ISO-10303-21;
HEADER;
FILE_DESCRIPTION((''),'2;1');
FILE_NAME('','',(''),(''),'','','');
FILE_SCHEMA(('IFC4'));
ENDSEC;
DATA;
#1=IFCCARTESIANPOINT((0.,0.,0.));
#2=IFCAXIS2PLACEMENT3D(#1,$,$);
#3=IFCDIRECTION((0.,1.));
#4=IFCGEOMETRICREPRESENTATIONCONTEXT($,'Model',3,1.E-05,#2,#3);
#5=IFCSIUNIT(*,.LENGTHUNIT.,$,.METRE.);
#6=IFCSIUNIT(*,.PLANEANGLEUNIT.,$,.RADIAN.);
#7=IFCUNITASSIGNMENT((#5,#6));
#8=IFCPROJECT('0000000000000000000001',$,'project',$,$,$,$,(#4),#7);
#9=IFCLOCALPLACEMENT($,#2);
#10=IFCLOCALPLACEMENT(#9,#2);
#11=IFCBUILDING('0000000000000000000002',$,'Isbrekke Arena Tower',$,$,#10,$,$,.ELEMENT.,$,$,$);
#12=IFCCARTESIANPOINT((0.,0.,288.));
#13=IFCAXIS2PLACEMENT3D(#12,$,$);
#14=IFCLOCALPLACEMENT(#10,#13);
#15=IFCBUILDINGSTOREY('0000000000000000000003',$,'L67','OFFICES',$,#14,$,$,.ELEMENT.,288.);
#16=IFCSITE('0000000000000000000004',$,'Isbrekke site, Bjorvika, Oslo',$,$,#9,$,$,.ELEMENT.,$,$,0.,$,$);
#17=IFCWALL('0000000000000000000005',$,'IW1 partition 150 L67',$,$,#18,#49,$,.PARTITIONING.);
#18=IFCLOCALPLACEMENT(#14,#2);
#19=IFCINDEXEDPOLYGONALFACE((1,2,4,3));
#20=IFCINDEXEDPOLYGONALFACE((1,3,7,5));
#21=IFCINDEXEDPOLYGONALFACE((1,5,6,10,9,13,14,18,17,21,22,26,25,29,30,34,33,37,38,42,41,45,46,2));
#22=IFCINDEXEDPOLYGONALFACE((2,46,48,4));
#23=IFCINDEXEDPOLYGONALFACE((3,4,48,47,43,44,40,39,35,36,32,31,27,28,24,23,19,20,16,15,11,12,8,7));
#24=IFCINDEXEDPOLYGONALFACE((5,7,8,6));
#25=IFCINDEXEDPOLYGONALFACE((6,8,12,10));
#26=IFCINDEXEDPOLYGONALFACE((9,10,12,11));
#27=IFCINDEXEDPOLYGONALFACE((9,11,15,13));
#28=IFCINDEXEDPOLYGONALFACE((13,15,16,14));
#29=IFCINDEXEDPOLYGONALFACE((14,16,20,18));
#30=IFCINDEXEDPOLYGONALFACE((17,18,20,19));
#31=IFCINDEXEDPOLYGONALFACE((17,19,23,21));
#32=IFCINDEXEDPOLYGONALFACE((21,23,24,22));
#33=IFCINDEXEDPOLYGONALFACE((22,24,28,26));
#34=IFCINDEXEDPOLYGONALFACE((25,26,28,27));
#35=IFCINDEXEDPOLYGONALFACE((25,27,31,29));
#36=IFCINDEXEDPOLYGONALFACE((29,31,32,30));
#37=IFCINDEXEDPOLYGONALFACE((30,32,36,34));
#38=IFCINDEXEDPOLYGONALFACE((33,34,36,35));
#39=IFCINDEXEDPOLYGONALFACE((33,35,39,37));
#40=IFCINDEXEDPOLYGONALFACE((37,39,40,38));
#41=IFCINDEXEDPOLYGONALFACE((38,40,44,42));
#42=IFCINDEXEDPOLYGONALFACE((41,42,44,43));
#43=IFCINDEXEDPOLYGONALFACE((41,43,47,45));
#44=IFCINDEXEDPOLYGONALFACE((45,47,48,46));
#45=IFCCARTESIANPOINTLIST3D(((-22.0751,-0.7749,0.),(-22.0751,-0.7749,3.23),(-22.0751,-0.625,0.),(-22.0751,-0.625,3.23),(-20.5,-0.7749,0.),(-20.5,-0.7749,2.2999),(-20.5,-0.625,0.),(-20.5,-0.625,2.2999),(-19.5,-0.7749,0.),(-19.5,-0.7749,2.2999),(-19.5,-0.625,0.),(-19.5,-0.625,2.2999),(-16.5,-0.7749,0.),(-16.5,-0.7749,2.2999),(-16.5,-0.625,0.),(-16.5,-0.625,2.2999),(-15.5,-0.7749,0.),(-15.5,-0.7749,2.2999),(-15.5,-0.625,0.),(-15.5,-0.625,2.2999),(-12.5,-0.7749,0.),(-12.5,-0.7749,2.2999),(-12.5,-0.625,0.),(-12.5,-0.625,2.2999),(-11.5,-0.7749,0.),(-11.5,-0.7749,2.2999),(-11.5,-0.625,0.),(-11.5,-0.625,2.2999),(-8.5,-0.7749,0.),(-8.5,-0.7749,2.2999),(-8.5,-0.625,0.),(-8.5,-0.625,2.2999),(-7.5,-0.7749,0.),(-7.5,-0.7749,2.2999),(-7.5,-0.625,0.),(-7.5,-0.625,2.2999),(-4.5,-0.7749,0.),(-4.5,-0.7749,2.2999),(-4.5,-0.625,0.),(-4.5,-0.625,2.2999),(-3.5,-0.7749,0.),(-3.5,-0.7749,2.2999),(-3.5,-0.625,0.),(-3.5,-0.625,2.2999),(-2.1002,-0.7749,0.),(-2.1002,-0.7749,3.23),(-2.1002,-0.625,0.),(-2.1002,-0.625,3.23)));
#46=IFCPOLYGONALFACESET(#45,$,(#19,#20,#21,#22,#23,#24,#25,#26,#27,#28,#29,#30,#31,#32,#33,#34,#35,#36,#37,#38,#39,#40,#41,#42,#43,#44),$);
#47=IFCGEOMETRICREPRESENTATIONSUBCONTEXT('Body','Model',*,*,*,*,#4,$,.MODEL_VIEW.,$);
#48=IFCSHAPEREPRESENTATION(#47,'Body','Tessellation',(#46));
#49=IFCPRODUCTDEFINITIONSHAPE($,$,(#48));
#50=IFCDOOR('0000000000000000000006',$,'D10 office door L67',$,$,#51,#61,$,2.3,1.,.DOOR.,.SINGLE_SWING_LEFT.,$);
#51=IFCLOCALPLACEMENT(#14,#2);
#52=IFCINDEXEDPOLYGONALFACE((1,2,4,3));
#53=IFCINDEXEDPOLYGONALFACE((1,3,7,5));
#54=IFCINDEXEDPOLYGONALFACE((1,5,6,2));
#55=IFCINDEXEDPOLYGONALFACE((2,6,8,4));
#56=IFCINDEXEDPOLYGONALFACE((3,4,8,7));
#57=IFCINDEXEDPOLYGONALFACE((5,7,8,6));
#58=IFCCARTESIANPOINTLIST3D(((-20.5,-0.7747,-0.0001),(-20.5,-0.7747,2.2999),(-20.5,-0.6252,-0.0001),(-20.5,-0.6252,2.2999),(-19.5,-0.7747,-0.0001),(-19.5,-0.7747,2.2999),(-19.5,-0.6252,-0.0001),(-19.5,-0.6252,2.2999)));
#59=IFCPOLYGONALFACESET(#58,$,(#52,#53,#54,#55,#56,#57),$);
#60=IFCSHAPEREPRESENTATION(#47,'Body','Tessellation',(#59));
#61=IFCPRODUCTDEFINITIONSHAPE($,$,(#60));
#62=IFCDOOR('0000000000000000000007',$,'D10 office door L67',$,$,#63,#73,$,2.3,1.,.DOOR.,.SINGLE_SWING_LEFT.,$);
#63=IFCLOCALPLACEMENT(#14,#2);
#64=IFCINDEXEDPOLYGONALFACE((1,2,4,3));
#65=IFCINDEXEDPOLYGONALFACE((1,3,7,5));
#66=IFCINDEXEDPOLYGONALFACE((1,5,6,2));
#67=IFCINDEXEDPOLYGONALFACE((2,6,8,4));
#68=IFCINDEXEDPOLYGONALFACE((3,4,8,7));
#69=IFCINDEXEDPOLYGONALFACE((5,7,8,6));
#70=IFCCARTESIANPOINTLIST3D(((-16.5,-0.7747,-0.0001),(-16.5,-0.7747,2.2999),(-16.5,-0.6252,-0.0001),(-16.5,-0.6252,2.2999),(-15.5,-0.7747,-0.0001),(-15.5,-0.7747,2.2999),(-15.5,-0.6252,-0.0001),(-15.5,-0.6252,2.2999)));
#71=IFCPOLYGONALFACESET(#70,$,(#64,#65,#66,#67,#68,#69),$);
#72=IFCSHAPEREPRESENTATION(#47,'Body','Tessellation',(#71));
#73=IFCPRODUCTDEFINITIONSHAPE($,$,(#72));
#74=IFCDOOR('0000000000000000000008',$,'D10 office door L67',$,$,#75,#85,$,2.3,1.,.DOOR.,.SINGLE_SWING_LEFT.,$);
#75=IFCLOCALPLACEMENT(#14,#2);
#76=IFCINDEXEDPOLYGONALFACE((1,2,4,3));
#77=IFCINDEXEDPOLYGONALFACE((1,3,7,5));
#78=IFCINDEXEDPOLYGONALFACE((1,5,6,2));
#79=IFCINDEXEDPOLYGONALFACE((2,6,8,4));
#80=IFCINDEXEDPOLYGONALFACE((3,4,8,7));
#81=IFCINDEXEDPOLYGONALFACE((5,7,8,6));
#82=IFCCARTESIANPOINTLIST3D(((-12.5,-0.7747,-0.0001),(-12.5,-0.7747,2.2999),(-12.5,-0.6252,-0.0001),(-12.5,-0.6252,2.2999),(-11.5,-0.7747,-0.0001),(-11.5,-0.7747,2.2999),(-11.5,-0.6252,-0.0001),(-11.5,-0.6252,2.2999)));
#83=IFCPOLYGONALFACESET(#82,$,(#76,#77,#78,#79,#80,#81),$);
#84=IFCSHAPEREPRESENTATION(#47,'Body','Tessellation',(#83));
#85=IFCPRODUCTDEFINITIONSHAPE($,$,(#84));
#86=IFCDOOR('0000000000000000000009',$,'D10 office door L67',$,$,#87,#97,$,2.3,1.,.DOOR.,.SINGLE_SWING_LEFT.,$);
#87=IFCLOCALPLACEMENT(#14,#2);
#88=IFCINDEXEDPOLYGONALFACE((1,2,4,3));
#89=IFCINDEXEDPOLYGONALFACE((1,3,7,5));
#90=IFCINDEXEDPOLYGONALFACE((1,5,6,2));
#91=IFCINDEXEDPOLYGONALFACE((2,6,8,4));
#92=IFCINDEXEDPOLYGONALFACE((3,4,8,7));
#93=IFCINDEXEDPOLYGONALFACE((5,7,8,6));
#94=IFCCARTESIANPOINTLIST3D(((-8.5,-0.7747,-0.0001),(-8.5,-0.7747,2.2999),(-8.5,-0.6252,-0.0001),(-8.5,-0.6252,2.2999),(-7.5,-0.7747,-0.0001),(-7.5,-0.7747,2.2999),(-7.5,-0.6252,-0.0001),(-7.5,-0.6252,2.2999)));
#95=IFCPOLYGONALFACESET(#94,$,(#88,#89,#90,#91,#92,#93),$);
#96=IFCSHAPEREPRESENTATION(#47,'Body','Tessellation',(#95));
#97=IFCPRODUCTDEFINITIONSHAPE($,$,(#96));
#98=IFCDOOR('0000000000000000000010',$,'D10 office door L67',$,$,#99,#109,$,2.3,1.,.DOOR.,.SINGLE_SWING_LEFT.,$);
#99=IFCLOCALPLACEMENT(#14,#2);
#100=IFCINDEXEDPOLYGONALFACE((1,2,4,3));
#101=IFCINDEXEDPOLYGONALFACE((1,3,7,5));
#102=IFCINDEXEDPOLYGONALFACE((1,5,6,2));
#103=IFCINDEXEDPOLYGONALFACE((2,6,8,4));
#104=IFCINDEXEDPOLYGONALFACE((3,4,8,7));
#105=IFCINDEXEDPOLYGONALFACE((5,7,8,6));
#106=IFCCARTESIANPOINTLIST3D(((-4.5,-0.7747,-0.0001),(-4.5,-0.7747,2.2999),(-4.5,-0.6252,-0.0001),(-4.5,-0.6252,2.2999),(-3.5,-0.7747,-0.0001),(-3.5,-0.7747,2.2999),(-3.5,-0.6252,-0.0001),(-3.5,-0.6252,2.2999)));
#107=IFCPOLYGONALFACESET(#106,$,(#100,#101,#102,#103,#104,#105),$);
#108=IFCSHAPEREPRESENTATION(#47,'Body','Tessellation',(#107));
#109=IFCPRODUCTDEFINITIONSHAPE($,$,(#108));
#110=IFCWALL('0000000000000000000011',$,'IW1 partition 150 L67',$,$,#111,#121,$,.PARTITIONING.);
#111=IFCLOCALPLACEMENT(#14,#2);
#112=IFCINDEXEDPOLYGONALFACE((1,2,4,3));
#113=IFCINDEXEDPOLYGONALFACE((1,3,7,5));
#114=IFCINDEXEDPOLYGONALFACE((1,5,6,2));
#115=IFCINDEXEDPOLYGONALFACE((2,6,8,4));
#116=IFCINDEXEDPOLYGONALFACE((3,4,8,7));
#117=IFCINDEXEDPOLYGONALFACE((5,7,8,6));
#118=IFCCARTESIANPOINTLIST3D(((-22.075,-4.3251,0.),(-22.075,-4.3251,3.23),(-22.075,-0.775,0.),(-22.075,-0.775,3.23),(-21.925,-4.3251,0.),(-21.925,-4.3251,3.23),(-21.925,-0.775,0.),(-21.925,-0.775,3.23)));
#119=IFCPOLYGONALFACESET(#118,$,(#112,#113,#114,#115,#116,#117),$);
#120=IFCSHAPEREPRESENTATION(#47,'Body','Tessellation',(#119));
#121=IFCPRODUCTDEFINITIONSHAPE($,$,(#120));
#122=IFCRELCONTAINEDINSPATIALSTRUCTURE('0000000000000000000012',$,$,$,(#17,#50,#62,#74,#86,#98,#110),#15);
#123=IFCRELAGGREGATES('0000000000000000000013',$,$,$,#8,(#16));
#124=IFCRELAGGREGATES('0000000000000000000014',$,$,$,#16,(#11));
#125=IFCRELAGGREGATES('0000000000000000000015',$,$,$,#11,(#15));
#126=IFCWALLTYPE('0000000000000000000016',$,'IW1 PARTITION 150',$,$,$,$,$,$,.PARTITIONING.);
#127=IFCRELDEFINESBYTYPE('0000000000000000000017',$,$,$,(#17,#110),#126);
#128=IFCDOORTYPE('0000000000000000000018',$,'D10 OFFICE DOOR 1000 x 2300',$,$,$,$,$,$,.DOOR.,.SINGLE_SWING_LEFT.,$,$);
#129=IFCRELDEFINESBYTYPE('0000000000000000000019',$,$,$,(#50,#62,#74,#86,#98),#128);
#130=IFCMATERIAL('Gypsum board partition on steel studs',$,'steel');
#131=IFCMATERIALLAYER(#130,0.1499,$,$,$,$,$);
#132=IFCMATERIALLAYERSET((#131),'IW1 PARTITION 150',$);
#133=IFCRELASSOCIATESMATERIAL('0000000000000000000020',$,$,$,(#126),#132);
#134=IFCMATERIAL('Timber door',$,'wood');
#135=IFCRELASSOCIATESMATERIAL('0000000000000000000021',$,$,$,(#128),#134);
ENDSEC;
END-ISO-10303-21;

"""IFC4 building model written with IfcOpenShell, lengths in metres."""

from ifc_helpers import new_model, si_unit, direction, frame, frame_2d, origin, place, context, subcontext, project, spatial, rectangle, extrude, material, layer, layer_set, type_object, element, fill, save


model = new_model("IFC4")

# Units and contexts
model_context = context("Model", 3, precision=1e-05, world=origin(), true_north=direction((0.0, 1.0)))
body_context = subcontext(model_context, "Body", "Model", "MODEL_VIEW")
ifc_project = project(units=[si_unit("LENGTHUNIT", "METRE"), si_unit("PLANEANGLEUNIT", "RADIAN")], contexts=[model_context])

# Site, building, storey
site_placement = place(None, origin())
site = spatial("IfcSite", under=ifc_project, at=site_placement, Name="Isbrekke site, Bjorvika, Oslo", CompositionType="ELEMENT", RefElevation=0.0)
building_placement = place(site_placement, origin())
building = spatial("IfcBuilding", under=site, at=building_placement, Name="Isbrekke Arena Tower", CompositionType="ELEMENT")
storey_placement = place(building_placement, frame((0.0, 0.0, 288.0)))
storey = spatial("IfcBuildingStorey", under=building, at=storey_placement, Name="L67", Description="OFFICES", CompositionType="ELEMENT", Elevation=288.0)

# Wall, openings, doors
ifc_material_1 = material(Name="Gypsum board partition on steel studs", Category="steel")
ifc_layer = layer(ifc_material_1, 0.1499)
ifc_layer_set = layer_set([ifc_layer], Name="IW1 PARTITION 150")
wall_type = type_object("IfcWallType", Name="IW1 PARTITION 150", PredefinedType="PARTITIONING", material=ifc_layer_set)
wall_1_placement = place(storey_placement, frame((-22.075, -0.7, 0.0), z_axis=(0.0, 0.0, 1.0), x_axis=(1.0, 0.0, 0.0)))
wall_1 = element("IfcWall", 1, at=wall_1_placement, inside=storey, type_object=wall_type, Name="IW1 partition 150 L67", PredefinedType="PARTITIONING", context=body_context, shape_type="SweptSolid", body=[
    extrude(rectangle(XDim=19.9749, YDim=0.1499, at=frame_2d((9.9873, 0.0))), origin(), (0.0, 0.0, 1.0), 3.23),
])
opening_1_placement = place(wall_1_placement, frame((1.575, 0.0, 0.0)))
opening_1 = element("IfcOpeningElement", 2, at=opening_1_placement, cuts=wall_1, PredefinedType="OPENING", context=body_context, shape_type="SweptSolid", body=[
    extrude(rectangle(XDim=1.0, YDim=2.3, at=frame_2d((0.5, 1.1499))), frame((0.0, 0.0898, 0.0), z_axis=(0.0, -1.0, 0.0), x_axis=(1.0, 0.0, 0.0)), (0.0, 0.0, 1.0), 0.1797),
])
opening_2_placement = place(wall_1_placement, frame((5.575, 0.0, 0.0)))
opening_2 = element("IfcOpeningElement", 3, at=opening_2_placement, cuts=wall_1, PredefinedType="OPENING", context=body_context, shape_type="SweptSolid", body=[
    extrude(rectangle(XDim=1.0, YDim=2.3, at=frame_2d((0.5, 1.1499))), frame((0.0, 0.0898, 0.0), z_axis=(0.0, -1.0, 0.0), x_axis=(1.0, 0.0, 0.0)), (0.0, 0.0, 1.0), 0.1797),
])
opening_3_placement = place(wall_1_placement, frame((9.575, 0.0, 0.0)))
opening_3 = element("IfcOpeningElement", 4, at=opening_3_placement, cuts=wall_1, PredefinedType="OPENING", context=body_context, shape_type="SweptSolid", body=[
    extrude(rectangle(XDim=1.0, YDim=2.3, at=frame_2d((0.5, 1.1499))), frame((0.0, 0.0898, 0.0), z_axis=(0.0, -1.0, 0.0), x_axis=(1.0, 0.0, 0.0)), (0.0, 0.0, 1.0), 0.1797),
])
opening_4_placement = place(wall_1_placement, frame((13.575, 0.0, 0.0)))
opening_4 = element("IfcOpeningElement", 5, at=opening_4_placement, cuts=wall_1, PredefinedType="OPENING", context=body_context, shape_type="SweptSolid", body=[
    extrude(rectangle(XDim=1.0, YDim=2.3, at=frame_2d((0.5, 1.1499))), frame((0.0, 0.0898, 0.0), z_axis=(0.0, -1.0, 0.0), x_axis=(1.0, 0.0, 0.0)), (0.0, 0.0, 1.0), 0.1797),
])
opening_5_placement = place(wall_1_placement, frame((17.575, 0.0, 0.0)))
opening_5 = element("IfcOpeningElement", 6, at=opening_5_placement, cuts=wall_1, PredefinedType="OPENING", context=body_context, shape_type="SweptSolid", body=[
    extrude(rectangle(XDim=1.0, YDim=2.3, at=frame_2d((0.5, 1.1499))), frame((0.0, 0.0898, 0.0), z_axis=(0.0, -1.0, 0.0), x_axis=(1.0, 0.0, 0.0)), (0.0, 0.0, 1.0), 0.1797),
])
ifc_material_2 = material(Name="Timber door", Category="wood")
door_type = type_object("IfcDoorType", Name="D10 OFFICE DOOR 1000 x 2300", OperationType="SINGLE_SWING_LEFT", PredefinedType="DOOR", material=ifc_material_2)
door_1_placement = place(opening_1_placement, origin())
door_1 = element("IfcDoor", 7, at=door_1_placement, inside=storey, type_object=door_type, Name="D10 office door L67", OperationType="SINGLE_SWING_LEFT", OverallHeight=2.3, OverallWidth=1.0, PredefinedType="DOOR", context=body_context, shape_type="SweptSolid", body=[
    extrude(rectangle(XDim=1.0, YDim=2.3, at=frame_2d((0.5, 1.1499))), frame((0.0, 0.0747, 0.0), z_axis=(0.0, -1.0, 0.0), x_axis=(1.0, 0.0, 0.0)), (0.0, 0.0, 1.0), 0.1494),
])
fill(opening_1, door_1)
door_2_placement = place(opening_2_placement, origin())
door_2 = element("IfcDoor", 8, at=door_2_placement, inside=storey, type_object=door_type, Name="D10 office door L67", OperationType="SINGLE_SWING_LEFT", OverallHeight=2.3, OverallWidth=1.0, PredefinedType="DOOR", context=body_context, shape_type="SweptSolid", body=[
    extrude(rectangle(XDim=1.0, YDim=2.3, at=frame_2d((0.5, 1.1499))), frame((0.0, 0.0747, 0.0), z_axis=(0.0, -1.0, 0.0), x_axis=(1.0, 0.0, 0.0)), (0.0, 0.0, 1.0), 0.1494),
])
fill(opening_2, door_2)
door_3_placement = place(opening_3_placement, origin())
door_3 = element("IfcDoor", 9, at=door_3_placement, inside=storey, type_object=door_type, Name="D10 office door L67", OperationType="SINGLE_SWING_LEFT", OverallHeight=2.3, OverallWidth=1.0, PredefinedType="DOOR", context=body_context, shape_type="SweptSolid", body=[
    extrude(rectangle(XDim=1.0, YDim=2.3, at=frame_2d((0.5, 1.1499))), frame((0.0, 0.0747, 0.0), z_axis=(0.0, -1.0, 0.0), x_axis=(1.0, 0.0, 0.0)), (0.0, 0.0, 1.0), 0.1494),
])
fill(opening_3, door_3)
door_4_placement = place(opening_4_placement, origin())
door_4 = element("IfcDoor", 10, at=door_4_placement, inside=storey, type_object=door_type, Name="D10 office door L67", OperationType="SINGLE_SWING_LEFT", OverallHeight=2.3, OverallWidth=1.0, PredefinedType="DOOR", context=body_context, shape_type="SweptSolid", body=[
    extrude(rectangle(XDim=1.0, YDim=2.3, at=frame_2d((0.5, 1.1499))), frame((0.0, 0.0747, 0.0), z_axis=(0.0, -1.0, 0.0), x_axis=(1.0, 0.0, 0.0)), (0.0, 0.0, 1.0), 0.1494),
])
fill(opening_4, door_4)
door_5_placement = place(opening_5_placement, origin())
door_5 = element("IfcDoor", 11, at=door_5_placement, inside=storey, type_object=door_type, Name="D10 office door L67", OperationType="SINGLE_SWING_LEFT", OverallHeight=2.3, OverallWidth=1.0, PredefinedType="DOOR", context=body_context, shape_type="SweptSolid", body=[
    extrude(rectangle(XDim=1.0, YDim=2.3, at=frame_2d((0.5, 1.1499))), frame((0.0, 0.0747, 0.0), z_axis=(0.0, -1.0, 0.0), x_axis=(1.0, 0.0, 0.0)), (0.0, 0.0, 1.0), 0.1494),
])
fill(opening_5, door_5)

# Wall
wall_2_placement = place(storey_placement, frame((-22.0, -4.325, 0.0), z_axis=(0.0, 0.0, 1.0), x_axis=(0.0, 1.0, 0.0)))
element("IfcWall", 12, at=wall_2_placement, inside=storey, type_object=wall_type, Name="IW1 partition 150 L67", PredefinedType="PARTITIONING", context=body_context, shape_type="SweptSolid", body=[
    extrude(rectangle(XDim=3.55, YDim=0.1499, at=frame_2d((1.7749, 0.0))), origin(), (0.0, 0.0, 1.0), 3.23),
])

save(model, "model.ifc")
